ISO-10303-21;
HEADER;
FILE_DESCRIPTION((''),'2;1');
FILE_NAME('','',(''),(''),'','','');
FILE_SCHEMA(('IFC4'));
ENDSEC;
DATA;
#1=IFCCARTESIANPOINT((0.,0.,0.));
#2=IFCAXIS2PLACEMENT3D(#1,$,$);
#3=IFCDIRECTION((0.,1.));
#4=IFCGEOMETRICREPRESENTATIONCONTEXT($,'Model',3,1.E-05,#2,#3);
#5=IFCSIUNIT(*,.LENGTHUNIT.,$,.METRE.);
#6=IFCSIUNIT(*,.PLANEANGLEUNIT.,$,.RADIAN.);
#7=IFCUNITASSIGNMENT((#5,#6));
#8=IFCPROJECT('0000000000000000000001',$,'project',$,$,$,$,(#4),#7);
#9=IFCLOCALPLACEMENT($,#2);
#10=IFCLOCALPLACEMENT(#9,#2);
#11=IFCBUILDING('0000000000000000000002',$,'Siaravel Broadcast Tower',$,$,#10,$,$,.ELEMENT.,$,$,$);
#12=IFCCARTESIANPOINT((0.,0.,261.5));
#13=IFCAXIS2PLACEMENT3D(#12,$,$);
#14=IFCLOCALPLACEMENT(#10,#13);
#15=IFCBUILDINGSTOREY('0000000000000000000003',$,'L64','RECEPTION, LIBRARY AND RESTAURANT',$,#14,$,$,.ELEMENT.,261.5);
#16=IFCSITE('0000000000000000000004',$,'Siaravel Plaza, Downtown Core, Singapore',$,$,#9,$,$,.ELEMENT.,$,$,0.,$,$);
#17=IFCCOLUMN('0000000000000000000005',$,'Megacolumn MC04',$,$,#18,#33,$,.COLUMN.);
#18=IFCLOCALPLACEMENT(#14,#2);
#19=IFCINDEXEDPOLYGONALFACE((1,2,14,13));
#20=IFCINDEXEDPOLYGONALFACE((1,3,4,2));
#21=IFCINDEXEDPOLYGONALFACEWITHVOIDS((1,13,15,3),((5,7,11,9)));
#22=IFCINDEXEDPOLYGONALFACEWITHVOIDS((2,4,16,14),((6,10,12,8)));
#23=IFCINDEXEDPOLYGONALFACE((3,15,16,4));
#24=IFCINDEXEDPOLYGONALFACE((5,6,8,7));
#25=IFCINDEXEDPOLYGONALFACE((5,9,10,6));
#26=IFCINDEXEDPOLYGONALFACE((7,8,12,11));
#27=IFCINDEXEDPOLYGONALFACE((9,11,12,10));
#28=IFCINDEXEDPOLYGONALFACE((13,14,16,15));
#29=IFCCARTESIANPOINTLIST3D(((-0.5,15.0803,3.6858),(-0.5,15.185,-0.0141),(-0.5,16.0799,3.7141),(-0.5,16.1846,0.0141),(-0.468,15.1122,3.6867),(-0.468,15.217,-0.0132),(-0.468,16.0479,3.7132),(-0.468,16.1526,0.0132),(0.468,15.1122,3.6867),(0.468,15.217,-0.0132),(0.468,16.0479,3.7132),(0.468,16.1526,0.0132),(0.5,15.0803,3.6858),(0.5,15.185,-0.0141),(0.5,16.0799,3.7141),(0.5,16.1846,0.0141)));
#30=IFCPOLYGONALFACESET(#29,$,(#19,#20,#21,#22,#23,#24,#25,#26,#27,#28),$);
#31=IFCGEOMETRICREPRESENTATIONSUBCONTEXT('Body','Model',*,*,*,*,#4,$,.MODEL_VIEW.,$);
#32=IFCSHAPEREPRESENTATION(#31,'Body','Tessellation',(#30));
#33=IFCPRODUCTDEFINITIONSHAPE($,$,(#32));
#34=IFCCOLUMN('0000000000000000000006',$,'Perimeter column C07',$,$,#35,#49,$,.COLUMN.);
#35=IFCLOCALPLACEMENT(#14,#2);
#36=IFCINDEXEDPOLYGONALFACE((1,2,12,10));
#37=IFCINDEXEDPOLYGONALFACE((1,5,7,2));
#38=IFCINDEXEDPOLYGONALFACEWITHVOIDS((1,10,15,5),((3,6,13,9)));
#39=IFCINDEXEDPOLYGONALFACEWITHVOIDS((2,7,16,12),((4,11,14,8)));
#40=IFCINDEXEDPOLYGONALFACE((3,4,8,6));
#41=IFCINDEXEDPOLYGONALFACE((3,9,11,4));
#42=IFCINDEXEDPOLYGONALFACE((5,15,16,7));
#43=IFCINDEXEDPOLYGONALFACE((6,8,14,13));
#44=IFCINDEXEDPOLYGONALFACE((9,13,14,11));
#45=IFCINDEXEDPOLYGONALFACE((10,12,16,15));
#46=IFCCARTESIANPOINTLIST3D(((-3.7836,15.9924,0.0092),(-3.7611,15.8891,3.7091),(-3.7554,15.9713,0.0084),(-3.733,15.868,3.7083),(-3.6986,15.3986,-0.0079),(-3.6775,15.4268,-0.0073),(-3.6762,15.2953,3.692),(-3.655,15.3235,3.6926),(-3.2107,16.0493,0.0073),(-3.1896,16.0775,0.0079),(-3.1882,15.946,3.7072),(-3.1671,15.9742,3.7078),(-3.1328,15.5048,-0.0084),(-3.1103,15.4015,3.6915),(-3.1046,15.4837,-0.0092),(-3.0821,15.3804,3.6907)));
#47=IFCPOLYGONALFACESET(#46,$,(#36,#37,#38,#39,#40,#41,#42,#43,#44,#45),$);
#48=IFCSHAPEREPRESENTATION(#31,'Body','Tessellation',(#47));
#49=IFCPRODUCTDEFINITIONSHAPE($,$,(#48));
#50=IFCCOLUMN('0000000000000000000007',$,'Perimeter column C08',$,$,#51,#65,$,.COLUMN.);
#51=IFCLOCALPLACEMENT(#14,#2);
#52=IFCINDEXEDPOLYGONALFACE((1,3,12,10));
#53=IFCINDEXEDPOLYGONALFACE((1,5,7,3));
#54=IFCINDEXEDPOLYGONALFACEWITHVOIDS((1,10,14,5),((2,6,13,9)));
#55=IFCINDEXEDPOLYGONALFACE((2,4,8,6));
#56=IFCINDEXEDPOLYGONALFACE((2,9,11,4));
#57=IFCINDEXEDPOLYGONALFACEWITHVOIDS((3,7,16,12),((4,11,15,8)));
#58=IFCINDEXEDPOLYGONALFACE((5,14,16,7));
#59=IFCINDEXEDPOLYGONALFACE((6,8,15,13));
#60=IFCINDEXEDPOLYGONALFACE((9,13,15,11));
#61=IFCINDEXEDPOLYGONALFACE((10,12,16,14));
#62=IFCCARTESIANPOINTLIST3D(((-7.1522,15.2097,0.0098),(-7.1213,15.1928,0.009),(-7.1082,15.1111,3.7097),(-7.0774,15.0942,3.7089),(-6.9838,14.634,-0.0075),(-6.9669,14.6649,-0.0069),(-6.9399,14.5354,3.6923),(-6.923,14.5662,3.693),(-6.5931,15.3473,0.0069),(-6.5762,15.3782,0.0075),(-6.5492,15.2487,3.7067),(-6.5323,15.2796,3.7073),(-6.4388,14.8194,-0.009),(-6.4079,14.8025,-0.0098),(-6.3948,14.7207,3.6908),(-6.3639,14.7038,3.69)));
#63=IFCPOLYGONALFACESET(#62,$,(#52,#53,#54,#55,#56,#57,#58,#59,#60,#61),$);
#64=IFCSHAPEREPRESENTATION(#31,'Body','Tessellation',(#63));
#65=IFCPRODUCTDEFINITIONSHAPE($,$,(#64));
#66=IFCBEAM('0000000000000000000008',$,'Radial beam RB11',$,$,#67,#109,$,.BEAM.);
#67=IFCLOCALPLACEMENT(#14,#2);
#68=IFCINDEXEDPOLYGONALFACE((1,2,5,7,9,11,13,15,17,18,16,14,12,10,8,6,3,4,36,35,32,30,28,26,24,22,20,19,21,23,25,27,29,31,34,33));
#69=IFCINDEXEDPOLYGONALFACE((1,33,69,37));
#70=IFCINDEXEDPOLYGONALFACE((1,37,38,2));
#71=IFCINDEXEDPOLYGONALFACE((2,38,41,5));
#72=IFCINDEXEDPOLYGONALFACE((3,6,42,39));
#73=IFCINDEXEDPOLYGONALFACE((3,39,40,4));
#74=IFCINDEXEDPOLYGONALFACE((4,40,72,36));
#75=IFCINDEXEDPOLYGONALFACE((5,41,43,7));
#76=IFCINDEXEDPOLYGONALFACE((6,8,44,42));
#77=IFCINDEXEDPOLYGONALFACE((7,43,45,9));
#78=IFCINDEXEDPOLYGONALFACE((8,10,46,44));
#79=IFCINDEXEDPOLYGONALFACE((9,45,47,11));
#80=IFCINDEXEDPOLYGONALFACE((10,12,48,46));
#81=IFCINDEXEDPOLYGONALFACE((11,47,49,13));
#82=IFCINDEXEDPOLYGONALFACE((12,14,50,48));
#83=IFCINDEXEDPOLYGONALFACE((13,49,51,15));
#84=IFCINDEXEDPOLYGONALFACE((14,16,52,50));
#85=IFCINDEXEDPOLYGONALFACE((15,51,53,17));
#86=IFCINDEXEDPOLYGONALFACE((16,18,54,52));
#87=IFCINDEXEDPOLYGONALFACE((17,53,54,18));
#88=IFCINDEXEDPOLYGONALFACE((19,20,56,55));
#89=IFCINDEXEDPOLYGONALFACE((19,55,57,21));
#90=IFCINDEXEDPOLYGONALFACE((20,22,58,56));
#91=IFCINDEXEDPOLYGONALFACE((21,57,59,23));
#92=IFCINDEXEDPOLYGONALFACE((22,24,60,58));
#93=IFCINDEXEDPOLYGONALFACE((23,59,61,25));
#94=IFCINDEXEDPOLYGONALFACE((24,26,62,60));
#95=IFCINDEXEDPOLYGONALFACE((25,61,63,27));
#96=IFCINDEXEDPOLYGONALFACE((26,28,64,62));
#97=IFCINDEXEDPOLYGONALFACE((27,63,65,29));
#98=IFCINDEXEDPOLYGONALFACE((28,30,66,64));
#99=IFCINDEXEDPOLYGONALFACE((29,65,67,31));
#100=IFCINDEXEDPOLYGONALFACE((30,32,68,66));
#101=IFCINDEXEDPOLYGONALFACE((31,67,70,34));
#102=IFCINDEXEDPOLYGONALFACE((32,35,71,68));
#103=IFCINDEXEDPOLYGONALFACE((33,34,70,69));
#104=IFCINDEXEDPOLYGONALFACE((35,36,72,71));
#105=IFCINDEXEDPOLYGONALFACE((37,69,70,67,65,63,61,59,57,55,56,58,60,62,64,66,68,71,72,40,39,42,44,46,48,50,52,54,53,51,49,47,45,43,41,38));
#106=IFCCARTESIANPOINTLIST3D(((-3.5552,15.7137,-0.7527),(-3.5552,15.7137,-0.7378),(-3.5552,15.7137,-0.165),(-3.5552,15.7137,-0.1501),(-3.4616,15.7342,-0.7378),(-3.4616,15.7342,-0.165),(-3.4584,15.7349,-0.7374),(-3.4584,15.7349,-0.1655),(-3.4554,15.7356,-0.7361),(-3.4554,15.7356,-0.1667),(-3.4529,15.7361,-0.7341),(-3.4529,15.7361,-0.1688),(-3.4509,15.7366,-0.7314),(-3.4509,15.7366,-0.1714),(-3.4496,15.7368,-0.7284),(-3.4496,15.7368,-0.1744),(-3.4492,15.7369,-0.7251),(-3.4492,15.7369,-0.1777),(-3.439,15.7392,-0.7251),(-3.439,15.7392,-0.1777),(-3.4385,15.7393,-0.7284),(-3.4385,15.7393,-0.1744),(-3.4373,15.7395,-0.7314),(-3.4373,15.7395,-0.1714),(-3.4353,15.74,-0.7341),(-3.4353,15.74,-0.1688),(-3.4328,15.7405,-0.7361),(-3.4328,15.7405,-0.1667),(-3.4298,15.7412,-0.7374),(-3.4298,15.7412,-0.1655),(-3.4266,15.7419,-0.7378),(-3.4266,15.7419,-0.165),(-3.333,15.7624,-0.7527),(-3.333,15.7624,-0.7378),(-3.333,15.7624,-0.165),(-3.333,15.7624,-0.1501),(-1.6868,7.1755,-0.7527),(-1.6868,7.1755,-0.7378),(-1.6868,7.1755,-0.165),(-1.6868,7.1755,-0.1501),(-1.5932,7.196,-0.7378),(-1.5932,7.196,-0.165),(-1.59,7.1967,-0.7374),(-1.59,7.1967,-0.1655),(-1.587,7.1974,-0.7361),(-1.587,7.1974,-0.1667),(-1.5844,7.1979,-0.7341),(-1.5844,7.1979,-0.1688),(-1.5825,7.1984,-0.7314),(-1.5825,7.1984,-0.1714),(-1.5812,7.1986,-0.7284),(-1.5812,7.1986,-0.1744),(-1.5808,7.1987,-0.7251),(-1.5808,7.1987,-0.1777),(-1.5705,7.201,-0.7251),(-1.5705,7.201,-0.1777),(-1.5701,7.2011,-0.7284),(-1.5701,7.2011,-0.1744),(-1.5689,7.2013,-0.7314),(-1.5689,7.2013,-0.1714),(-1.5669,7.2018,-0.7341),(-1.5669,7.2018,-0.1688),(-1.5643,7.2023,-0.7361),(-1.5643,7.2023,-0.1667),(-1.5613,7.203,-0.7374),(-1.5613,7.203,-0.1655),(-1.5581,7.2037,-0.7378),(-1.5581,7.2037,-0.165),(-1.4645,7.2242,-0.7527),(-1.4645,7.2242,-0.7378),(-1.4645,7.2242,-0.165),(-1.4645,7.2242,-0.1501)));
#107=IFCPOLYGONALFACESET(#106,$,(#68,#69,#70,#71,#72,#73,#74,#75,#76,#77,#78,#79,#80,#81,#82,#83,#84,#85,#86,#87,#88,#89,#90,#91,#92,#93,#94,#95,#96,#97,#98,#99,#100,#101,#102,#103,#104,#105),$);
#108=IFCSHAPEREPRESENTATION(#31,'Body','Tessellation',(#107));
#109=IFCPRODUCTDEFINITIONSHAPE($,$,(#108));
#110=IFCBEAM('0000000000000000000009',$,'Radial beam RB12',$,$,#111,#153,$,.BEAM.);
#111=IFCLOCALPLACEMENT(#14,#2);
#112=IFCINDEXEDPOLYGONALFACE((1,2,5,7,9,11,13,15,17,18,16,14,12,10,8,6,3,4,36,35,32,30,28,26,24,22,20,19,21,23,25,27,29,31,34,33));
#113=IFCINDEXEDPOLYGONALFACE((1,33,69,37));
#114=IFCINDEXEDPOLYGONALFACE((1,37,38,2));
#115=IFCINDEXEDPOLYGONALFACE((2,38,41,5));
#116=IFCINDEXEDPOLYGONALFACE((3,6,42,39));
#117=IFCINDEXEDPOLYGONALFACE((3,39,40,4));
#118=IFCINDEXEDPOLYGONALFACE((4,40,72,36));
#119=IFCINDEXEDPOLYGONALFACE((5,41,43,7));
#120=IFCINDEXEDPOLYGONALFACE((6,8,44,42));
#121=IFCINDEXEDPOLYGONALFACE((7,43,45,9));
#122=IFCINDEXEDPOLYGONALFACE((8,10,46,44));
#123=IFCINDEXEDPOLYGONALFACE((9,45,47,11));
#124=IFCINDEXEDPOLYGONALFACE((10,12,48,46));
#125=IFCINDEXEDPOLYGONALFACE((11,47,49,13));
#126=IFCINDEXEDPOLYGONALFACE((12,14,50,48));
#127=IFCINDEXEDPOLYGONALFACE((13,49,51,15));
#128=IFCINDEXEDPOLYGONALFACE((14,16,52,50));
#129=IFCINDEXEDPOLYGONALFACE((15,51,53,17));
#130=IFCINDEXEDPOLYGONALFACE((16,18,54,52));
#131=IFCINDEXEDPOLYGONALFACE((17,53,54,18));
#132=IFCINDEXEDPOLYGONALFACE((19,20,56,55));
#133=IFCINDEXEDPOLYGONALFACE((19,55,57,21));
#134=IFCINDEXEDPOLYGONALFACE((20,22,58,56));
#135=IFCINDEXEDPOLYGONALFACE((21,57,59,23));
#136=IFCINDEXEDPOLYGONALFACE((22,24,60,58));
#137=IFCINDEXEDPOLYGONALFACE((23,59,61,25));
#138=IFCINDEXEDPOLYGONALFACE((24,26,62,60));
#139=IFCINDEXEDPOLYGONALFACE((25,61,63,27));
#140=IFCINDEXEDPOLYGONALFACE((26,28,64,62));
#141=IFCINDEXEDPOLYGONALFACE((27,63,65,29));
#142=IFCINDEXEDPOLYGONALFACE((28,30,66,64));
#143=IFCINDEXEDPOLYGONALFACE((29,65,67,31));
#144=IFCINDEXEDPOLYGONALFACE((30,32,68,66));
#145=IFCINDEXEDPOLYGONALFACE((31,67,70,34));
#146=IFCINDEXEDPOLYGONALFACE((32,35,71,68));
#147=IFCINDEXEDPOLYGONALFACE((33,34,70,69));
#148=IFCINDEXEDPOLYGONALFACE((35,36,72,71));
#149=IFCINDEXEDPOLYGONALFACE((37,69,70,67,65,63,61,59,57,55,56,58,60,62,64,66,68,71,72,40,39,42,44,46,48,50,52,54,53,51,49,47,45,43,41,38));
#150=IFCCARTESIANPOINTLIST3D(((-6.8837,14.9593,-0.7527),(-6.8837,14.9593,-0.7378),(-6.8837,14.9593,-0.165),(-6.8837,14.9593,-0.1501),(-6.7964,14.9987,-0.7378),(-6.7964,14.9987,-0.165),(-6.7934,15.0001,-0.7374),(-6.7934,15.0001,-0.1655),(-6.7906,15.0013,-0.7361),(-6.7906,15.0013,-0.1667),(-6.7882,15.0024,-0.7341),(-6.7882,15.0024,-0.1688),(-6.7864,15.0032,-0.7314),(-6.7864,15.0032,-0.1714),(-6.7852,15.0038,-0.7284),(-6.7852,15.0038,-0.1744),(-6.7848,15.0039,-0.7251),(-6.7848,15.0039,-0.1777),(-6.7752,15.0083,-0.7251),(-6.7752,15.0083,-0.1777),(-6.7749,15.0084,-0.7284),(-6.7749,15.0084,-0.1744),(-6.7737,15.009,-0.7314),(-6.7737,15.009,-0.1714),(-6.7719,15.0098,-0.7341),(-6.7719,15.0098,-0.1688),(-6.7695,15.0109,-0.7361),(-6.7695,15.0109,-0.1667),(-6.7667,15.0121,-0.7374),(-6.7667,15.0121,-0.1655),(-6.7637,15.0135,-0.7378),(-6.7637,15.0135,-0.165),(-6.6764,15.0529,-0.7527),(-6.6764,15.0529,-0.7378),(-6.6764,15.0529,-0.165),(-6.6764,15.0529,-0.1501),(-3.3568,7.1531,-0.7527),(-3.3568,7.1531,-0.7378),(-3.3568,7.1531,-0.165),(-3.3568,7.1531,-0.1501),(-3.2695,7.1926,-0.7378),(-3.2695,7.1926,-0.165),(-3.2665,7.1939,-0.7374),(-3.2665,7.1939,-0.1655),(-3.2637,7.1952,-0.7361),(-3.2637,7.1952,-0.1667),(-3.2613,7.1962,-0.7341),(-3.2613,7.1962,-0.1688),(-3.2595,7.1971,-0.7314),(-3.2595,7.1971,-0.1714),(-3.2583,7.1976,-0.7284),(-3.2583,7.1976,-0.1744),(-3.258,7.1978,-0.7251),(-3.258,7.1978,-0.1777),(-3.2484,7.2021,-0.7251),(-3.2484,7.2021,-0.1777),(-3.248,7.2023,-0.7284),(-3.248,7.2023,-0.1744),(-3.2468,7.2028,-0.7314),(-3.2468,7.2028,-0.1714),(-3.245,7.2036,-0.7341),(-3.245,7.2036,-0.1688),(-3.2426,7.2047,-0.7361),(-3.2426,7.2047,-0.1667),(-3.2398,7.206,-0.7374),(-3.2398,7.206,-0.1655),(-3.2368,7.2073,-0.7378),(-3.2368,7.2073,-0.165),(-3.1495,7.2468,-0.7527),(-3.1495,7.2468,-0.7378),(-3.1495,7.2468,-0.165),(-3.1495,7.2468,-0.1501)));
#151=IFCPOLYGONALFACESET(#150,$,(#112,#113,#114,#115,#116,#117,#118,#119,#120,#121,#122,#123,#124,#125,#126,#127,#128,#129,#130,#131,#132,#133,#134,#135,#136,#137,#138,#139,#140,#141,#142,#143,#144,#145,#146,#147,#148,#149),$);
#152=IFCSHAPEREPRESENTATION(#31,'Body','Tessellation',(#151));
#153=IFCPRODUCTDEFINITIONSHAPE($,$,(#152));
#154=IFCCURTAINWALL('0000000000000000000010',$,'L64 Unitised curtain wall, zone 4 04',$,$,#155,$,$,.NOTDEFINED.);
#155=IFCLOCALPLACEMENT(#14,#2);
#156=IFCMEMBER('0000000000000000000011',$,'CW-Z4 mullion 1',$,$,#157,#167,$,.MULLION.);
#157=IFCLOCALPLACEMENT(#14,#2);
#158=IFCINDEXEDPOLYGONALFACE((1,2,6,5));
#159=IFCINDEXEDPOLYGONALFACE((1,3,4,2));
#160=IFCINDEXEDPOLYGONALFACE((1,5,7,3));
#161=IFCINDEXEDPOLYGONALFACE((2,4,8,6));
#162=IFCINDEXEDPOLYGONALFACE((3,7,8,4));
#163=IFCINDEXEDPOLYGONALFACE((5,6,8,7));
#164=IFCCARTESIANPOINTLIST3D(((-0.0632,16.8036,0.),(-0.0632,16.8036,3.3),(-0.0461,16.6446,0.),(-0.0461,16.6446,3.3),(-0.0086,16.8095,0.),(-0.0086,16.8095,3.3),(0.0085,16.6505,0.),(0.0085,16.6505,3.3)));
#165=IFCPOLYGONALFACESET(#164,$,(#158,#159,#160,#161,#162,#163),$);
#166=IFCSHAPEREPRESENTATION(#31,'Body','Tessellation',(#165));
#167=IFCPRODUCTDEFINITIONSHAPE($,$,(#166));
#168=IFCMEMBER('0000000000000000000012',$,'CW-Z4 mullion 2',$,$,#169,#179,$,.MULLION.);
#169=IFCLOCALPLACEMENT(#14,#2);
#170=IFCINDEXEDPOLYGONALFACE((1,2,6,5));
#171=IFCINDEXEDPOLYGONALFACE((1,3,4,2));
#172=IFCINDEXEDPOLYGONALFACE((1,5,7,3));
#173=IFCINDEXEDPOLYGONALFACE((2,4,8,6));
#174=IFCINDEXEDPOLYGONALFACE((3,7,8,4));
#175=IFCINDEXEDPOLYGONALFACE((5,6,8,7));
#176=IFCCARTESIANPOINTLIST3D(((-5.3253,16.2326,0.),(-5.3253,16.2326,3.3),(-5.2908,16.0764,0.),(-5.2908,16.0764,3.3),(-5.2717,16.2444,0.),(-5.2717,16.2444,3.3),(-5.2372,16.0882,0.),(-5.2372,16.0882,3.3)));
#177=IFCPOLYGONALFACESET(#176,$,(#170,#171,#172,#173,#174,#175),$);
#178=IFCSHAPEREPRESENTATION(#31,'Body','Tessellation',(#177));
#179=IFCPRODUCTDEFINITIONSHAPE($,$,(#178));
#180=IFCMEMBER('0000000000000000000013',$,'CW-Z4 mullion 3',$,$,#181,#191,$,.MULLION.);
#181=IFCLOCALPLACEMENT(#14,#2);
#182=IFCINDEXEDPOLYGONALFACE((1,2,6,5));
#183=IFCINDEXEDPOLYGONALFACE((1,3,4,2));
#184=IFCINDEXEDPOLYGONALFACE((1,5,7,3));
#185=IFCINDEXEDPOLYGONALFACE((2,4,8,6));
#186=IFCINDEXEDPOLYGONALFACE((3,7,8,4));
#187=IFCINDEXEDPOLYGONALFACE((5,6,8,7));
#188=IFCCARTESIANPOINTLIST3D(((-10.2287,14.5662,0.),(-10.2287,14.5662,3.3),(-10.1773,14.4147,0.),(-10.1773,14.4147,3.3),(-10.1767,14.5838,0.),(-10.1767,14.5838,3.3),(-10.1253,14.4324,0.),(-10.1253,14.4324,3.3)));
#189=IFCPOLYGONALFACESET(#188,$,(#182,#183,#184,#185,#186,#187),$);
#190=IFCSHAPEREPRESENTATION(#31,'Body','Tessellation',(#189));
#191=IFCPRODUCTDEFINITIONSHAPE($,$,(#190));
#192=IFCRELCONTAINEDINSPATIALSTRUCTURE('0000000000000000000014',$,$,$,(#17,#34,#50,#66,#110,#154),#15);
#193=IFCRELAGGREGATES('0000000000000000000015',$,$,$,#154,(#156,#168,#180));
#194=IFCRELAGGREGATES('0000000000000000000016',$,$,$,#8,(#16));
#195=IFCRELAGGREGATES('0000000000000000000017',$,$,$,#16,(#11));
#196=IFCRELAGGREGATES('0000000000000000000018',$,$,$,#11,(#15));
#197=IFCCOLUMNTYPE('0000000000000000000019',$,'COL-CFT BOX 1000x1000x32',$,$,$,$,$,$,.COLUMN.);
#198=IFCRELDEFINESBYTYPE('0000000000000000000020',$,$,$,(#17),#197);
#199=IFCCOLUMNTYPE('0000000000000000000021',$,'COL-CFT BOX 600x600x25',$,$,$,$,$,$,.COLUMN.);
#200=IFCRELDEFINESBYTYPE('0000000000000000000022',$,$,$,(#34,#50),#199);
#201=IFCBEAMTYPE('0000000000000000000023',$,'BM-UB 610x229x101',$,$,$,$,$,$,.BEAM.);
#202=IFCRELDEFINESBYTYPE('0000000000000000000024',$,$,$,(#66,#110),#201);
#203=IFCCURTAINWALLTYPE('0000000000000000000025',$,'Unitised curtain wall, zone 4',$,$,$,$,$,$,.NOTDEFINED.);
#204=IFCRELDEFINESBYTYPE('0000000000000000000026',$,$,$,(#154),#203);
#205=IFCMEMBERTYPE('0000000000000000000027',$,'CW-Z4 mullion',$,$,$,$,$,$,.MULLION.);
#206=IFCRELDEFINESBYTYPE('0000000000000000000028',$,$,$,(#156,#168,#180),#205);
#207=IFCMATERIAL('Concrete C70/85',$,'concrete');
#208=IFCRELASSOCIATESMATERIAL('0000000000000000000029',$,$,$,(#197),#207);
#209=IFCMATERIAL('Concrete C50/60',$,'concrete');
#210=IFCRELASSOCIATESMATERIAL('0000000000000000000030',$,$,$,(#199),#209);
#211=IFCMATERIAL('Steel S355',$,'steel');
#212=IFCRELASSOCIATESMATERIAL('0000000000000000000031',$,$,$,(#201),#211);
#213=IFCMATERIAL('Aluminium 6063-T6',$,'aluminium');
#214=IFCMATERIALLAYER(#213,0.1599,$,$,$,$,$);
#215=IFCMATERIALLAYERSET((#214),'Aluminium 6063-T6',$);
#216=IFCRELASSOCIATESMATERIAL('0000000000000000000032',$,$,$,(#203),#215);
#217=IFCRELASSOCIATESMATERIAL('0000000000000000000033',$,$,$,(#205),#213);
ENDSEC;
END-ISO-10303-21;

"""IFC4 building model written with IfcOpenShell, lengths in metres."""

from ifc_helpers import new_model, si_unit, direction, frame, origin, origin_2d, place, context, subcontext, project, spatial, rectangle, hollow_rectangle, i_section, extrude, material, layer, layer_set, material_profile, profile_set, type_object, element, aggregate, save


model = new_model("IFC4")

# Units and contexts
model_context = context("Model", 3, precision=1e-05, world=origin(), true_north=direction((0.0, 1.0)))
body_context = subcontext(model_context, "Body", "Model", "MODEL_VIEW")
ifc_project = project(units=[si_unit("LENGTHUNIT", "METRE"), si_unit("PLANEANGLEUNIT", "RADIAN")], contexts=[model_context])

# Site, building, storey
site_placement = place(None, origin())
site = spatial("IfcSite", under=ifc_project, at=site_placement, Name="Siaravel Plaza, Downtown Core, Singapore", CompositionType="ELEMENT", RefElevation=0.0)
building_placement = place(site_placement, origin())
building = spatial("IfcBuilding", under=site, at=building_placement, Name="Siaravel Broadcast Tower", CompositionType="ELEMENT")
storey_placement = place(building_placement, frame((0.0, 0.0, 261.5)))
storey = spatial("IfcBuildingStorey", under=building, at=storey_placement, Name="L64", Description="RECEPTION, LIBRARY AND RESTAURANT", CompositionType="ELEMENT", Elevation=261.5)

# Columns
ifc_material_1 = material(Name="Concrete C70/85", Category="concrete")
ifc_material_profile_1 = material_profile(ifc_material_1, hollow_rectangle(XDim=1.0, YDim=1.0, WallThickness=0.032, at=origin_2d()))
ifc_profile_set_1 = profile_set([ifc_material_profile_1], Name="Concrete C70/85")
column_type_1 = type_object("IfcColumnType", Name="COL-CFT BOX 1000x1000x32", PredefinedType="COLUMN", material=ifc_profile_set_1)
column_placement = place(storey_placement, frame((0.0, 15.6848, 0.0), z_axis=(0.0, -0.028296, 0.9996), x_axis=(1.0, 0.0, 0.0)))
element("IfcColumn", 1, at=column_placement, inside=storey, type_object=column_type_1, Name="Megacolumn MC04", PredefinedType="COLUMN", context=body_context, shape_type="SweptSolid", body=[
    extrude(hollow_rectangle(XDim=1.0, YDim=1.0, WallThickness=0.032, at=origin_2d()), origin(), (0.0, 0.0, 1.0), 3.7014),
])
ifc_material_2 = material(Name="Concrete C50/60", Category="concrete")
ifc_material_profile_2 = material_profile(ifc_material_2, hollow_rectangle(XDim=0.6001, YDim=0.6001, WallThickness=0.0249, at=origin_2d()))
ifc_profile_set_2 = profile_set([ifc_material_profile_2], Name="Concrete C50/60")
column_type_2 = type_object("IfcColumnType", Name="COL-CFT BOX 600x600x25", PredefinedType="COLUMN", material=ifc_profile_set_2)
for number, where, z_axis, x_axis, name in (
    (2, (-3.4441, 15.738, 0.0), (0.006068, -0.0279, 0.999592), (0.989905, 0.141714, -0.002054), "Perimeter column C07"),
    (3, (-6.78, 15.0061, 0.0), (0.011872, -0.026647, 0.999574), (0.959772, 0.280754, -0.003915), "Perimeter column C08"),
):
    element("IfcColumn", number, at=place(storey_placement, frame(where, z_axis=z_axis, x_axis=x_axis)), inside=storey, type_object=column_type_2, Name=name, PredefinedType="COLUMN", context=body_context, shape_type="SweptSolid", body=[
        extrude(hollow_rectangle(XDim=0.6001, YDim=0.6001, WallThickness=0.0249, at=origin_2d()), origin(), (0.0, 0.0, 1.0), 3.7014),
    ])

# Beams
ifc_material_3 = material(Name="Steel S355", Category="steel")
ifc_material_profile_3 = material_profile(ifc_material_3, i_section(OverallWidth=0.2275, OverallDepth=0.6025, WebThickness=0.0105, FlangeThickness=0.0149, FilletRadius=0.0127, at=origin_2d()))
ifc_profile_set_3 = profile_set([ifc_material_profile_3], Name="Steel S355")
beam_type = type_object("IfcBeamType", Name="BM-UB 610x229x101", PredefinedType="BEAM", material=ifc_profile_set_3)
beam_1_placement = place(storey_placement, frame((-3.4441, 15.738, -0.4514), z_axis=(0.213774, -0.976883, 0.0), x_axis=(0.976883, 0.213774, 0.0)))
element("IfcBeam", 4, at=beam_1_placement, inside=storey, type_object=beam_type, Name="Radial beam RB11", PredefinedType="BEAM", context=body_context, shape_type="SweptSolid", body=[
    extrude(i_section(OverallWidth=0.2275, OverallDepth=0.6025, WebThickness=0.0105, FlangeThickness=0.0149, FilletRadius=0.0127, at=origin_2d()), origin(), (0.0, 0.0, 1.0), 8.7402),
])
beam_2_placement = place(storey_placement, frame((-6.78, 15.0061, -0.4514), z_axis=(0.411732, -0.911305, 0.0), x_axis=(0.911305, 0.411732, 0.0)))
element("IfcBeam", 5, at=beam_2_placement, inside=storey, type_object=beam_type, Name="Radial beam RB12", PredefinedType="BEAM", context=body_context, shape_type="SweptSolid", body=[
    extrude(i_section(OverallWidth=0.2275, OverallDepth=0.6025, WebThickness=0.0105, FlangeThickness=0.0149, FilletRadius=0.0127, at=origin_2d()), origin(), (0.0, 0.0, 1.0), 8.5659),
])

# Curtain wall, members
ifc_material_4 = material(Name="Aluminium 6063-T6", Category="aluminium")
ifc_layer_1 = layer(ifc_material_4, 0.1599)
ifc_layer_set_1 = layer_set([ifc_layer_1], Name="Aluminium 6063-T6")
curtain_wall_type = type_object("IfcCurtainWallType", Name="Unitised curtain wall, zone 4", PredefinedType="NOTDEFINED", material=ifc_layer_set_1)
curtain_wall_placement = place(storey_placement, origin())
curtain_wall = element("IfcCurtainWall", 6, at=curtain_wall_placement, inside=storey, type_object=curtain_wall_type, Name="L64 Unitised curtain wall, zone 4 04", PredefinedType="NOTDEFINED")
ifc_material_profile_4 = material_profile(ifc_material_4, rectangle(XDim=0.1599, YDim=0.0549, at=origin_2d()))
ifc_profile_set_4 = profile_set([ifc_material_profile_4], Name="Aluminium 6063-T6")
member_type_1 = type_object("IfcMemberType", Name="CW-Z4 mullion", PredefinedType="MULLION", material=ifc_profile_set_4)
member_1_placement = place(storey_placement, frame((-0.0273, 16.7271, 0.0), z_axis=(0.0, 0.0, 1.0), x_axis=(0.107218, -0.994236, 0.0)))
member_1 = element("IfcMember", 7, at=member_1_placement, type_object=member_type_1, Name="CW-Z4 mullion 1", PredefinedType="MULLION", context=body_context, shape_type="SweptSolid", body=[
    extrude(rectangle(XDim=0.1599, YDim=0.0549, at=origin_2d()), origin(), (0.0, 0.0, 1.0), 3.3),
])
member_2_placement = place(storey_placement, frame((-5.2812, 16.1604, 0.0), z_axis=(0.0, 0.0, 1.0), x_axis=(0.215559, -0.976491, 0.0)))
member_2 = element("IfcMember", 8, at=member_2_placement, type_object=member_type_1, Name="CW-Z4 mullion 2", PredefinedType="MULLION", context=body_context, shape_type="SweptSolid", body=[
    extrude(rectangle(XDim=0.1599, YDim=0.0549, at=origin_2d()), origin(), (0.0, 0.0, 1.0), 3.3),
])
member_3_placement = place(storey_placement, frame((-10.177, 14.4993, 0.0), z_axis=(0.0, 0.0, 1.0), x_axis=(0.321302, -0.946977, 0.0)))
member_3 = element("IfcMember", 9, at=member_3_placement, type_object=member_type_1, Name="CW-Z4 mullion 3", PredefinedType="MULLION", context=body_context, shape_type="SweptSolid", body=[
    extrude(rectangle(XDim=0.1599, YDim=0.0549, at=origin_2d()), origin(), (0.0, 0.0, 1.0), 3.3),
])

aggregate(curtain_wall, [member_1, member_2, member_3])

save(model, "model.ifc")
